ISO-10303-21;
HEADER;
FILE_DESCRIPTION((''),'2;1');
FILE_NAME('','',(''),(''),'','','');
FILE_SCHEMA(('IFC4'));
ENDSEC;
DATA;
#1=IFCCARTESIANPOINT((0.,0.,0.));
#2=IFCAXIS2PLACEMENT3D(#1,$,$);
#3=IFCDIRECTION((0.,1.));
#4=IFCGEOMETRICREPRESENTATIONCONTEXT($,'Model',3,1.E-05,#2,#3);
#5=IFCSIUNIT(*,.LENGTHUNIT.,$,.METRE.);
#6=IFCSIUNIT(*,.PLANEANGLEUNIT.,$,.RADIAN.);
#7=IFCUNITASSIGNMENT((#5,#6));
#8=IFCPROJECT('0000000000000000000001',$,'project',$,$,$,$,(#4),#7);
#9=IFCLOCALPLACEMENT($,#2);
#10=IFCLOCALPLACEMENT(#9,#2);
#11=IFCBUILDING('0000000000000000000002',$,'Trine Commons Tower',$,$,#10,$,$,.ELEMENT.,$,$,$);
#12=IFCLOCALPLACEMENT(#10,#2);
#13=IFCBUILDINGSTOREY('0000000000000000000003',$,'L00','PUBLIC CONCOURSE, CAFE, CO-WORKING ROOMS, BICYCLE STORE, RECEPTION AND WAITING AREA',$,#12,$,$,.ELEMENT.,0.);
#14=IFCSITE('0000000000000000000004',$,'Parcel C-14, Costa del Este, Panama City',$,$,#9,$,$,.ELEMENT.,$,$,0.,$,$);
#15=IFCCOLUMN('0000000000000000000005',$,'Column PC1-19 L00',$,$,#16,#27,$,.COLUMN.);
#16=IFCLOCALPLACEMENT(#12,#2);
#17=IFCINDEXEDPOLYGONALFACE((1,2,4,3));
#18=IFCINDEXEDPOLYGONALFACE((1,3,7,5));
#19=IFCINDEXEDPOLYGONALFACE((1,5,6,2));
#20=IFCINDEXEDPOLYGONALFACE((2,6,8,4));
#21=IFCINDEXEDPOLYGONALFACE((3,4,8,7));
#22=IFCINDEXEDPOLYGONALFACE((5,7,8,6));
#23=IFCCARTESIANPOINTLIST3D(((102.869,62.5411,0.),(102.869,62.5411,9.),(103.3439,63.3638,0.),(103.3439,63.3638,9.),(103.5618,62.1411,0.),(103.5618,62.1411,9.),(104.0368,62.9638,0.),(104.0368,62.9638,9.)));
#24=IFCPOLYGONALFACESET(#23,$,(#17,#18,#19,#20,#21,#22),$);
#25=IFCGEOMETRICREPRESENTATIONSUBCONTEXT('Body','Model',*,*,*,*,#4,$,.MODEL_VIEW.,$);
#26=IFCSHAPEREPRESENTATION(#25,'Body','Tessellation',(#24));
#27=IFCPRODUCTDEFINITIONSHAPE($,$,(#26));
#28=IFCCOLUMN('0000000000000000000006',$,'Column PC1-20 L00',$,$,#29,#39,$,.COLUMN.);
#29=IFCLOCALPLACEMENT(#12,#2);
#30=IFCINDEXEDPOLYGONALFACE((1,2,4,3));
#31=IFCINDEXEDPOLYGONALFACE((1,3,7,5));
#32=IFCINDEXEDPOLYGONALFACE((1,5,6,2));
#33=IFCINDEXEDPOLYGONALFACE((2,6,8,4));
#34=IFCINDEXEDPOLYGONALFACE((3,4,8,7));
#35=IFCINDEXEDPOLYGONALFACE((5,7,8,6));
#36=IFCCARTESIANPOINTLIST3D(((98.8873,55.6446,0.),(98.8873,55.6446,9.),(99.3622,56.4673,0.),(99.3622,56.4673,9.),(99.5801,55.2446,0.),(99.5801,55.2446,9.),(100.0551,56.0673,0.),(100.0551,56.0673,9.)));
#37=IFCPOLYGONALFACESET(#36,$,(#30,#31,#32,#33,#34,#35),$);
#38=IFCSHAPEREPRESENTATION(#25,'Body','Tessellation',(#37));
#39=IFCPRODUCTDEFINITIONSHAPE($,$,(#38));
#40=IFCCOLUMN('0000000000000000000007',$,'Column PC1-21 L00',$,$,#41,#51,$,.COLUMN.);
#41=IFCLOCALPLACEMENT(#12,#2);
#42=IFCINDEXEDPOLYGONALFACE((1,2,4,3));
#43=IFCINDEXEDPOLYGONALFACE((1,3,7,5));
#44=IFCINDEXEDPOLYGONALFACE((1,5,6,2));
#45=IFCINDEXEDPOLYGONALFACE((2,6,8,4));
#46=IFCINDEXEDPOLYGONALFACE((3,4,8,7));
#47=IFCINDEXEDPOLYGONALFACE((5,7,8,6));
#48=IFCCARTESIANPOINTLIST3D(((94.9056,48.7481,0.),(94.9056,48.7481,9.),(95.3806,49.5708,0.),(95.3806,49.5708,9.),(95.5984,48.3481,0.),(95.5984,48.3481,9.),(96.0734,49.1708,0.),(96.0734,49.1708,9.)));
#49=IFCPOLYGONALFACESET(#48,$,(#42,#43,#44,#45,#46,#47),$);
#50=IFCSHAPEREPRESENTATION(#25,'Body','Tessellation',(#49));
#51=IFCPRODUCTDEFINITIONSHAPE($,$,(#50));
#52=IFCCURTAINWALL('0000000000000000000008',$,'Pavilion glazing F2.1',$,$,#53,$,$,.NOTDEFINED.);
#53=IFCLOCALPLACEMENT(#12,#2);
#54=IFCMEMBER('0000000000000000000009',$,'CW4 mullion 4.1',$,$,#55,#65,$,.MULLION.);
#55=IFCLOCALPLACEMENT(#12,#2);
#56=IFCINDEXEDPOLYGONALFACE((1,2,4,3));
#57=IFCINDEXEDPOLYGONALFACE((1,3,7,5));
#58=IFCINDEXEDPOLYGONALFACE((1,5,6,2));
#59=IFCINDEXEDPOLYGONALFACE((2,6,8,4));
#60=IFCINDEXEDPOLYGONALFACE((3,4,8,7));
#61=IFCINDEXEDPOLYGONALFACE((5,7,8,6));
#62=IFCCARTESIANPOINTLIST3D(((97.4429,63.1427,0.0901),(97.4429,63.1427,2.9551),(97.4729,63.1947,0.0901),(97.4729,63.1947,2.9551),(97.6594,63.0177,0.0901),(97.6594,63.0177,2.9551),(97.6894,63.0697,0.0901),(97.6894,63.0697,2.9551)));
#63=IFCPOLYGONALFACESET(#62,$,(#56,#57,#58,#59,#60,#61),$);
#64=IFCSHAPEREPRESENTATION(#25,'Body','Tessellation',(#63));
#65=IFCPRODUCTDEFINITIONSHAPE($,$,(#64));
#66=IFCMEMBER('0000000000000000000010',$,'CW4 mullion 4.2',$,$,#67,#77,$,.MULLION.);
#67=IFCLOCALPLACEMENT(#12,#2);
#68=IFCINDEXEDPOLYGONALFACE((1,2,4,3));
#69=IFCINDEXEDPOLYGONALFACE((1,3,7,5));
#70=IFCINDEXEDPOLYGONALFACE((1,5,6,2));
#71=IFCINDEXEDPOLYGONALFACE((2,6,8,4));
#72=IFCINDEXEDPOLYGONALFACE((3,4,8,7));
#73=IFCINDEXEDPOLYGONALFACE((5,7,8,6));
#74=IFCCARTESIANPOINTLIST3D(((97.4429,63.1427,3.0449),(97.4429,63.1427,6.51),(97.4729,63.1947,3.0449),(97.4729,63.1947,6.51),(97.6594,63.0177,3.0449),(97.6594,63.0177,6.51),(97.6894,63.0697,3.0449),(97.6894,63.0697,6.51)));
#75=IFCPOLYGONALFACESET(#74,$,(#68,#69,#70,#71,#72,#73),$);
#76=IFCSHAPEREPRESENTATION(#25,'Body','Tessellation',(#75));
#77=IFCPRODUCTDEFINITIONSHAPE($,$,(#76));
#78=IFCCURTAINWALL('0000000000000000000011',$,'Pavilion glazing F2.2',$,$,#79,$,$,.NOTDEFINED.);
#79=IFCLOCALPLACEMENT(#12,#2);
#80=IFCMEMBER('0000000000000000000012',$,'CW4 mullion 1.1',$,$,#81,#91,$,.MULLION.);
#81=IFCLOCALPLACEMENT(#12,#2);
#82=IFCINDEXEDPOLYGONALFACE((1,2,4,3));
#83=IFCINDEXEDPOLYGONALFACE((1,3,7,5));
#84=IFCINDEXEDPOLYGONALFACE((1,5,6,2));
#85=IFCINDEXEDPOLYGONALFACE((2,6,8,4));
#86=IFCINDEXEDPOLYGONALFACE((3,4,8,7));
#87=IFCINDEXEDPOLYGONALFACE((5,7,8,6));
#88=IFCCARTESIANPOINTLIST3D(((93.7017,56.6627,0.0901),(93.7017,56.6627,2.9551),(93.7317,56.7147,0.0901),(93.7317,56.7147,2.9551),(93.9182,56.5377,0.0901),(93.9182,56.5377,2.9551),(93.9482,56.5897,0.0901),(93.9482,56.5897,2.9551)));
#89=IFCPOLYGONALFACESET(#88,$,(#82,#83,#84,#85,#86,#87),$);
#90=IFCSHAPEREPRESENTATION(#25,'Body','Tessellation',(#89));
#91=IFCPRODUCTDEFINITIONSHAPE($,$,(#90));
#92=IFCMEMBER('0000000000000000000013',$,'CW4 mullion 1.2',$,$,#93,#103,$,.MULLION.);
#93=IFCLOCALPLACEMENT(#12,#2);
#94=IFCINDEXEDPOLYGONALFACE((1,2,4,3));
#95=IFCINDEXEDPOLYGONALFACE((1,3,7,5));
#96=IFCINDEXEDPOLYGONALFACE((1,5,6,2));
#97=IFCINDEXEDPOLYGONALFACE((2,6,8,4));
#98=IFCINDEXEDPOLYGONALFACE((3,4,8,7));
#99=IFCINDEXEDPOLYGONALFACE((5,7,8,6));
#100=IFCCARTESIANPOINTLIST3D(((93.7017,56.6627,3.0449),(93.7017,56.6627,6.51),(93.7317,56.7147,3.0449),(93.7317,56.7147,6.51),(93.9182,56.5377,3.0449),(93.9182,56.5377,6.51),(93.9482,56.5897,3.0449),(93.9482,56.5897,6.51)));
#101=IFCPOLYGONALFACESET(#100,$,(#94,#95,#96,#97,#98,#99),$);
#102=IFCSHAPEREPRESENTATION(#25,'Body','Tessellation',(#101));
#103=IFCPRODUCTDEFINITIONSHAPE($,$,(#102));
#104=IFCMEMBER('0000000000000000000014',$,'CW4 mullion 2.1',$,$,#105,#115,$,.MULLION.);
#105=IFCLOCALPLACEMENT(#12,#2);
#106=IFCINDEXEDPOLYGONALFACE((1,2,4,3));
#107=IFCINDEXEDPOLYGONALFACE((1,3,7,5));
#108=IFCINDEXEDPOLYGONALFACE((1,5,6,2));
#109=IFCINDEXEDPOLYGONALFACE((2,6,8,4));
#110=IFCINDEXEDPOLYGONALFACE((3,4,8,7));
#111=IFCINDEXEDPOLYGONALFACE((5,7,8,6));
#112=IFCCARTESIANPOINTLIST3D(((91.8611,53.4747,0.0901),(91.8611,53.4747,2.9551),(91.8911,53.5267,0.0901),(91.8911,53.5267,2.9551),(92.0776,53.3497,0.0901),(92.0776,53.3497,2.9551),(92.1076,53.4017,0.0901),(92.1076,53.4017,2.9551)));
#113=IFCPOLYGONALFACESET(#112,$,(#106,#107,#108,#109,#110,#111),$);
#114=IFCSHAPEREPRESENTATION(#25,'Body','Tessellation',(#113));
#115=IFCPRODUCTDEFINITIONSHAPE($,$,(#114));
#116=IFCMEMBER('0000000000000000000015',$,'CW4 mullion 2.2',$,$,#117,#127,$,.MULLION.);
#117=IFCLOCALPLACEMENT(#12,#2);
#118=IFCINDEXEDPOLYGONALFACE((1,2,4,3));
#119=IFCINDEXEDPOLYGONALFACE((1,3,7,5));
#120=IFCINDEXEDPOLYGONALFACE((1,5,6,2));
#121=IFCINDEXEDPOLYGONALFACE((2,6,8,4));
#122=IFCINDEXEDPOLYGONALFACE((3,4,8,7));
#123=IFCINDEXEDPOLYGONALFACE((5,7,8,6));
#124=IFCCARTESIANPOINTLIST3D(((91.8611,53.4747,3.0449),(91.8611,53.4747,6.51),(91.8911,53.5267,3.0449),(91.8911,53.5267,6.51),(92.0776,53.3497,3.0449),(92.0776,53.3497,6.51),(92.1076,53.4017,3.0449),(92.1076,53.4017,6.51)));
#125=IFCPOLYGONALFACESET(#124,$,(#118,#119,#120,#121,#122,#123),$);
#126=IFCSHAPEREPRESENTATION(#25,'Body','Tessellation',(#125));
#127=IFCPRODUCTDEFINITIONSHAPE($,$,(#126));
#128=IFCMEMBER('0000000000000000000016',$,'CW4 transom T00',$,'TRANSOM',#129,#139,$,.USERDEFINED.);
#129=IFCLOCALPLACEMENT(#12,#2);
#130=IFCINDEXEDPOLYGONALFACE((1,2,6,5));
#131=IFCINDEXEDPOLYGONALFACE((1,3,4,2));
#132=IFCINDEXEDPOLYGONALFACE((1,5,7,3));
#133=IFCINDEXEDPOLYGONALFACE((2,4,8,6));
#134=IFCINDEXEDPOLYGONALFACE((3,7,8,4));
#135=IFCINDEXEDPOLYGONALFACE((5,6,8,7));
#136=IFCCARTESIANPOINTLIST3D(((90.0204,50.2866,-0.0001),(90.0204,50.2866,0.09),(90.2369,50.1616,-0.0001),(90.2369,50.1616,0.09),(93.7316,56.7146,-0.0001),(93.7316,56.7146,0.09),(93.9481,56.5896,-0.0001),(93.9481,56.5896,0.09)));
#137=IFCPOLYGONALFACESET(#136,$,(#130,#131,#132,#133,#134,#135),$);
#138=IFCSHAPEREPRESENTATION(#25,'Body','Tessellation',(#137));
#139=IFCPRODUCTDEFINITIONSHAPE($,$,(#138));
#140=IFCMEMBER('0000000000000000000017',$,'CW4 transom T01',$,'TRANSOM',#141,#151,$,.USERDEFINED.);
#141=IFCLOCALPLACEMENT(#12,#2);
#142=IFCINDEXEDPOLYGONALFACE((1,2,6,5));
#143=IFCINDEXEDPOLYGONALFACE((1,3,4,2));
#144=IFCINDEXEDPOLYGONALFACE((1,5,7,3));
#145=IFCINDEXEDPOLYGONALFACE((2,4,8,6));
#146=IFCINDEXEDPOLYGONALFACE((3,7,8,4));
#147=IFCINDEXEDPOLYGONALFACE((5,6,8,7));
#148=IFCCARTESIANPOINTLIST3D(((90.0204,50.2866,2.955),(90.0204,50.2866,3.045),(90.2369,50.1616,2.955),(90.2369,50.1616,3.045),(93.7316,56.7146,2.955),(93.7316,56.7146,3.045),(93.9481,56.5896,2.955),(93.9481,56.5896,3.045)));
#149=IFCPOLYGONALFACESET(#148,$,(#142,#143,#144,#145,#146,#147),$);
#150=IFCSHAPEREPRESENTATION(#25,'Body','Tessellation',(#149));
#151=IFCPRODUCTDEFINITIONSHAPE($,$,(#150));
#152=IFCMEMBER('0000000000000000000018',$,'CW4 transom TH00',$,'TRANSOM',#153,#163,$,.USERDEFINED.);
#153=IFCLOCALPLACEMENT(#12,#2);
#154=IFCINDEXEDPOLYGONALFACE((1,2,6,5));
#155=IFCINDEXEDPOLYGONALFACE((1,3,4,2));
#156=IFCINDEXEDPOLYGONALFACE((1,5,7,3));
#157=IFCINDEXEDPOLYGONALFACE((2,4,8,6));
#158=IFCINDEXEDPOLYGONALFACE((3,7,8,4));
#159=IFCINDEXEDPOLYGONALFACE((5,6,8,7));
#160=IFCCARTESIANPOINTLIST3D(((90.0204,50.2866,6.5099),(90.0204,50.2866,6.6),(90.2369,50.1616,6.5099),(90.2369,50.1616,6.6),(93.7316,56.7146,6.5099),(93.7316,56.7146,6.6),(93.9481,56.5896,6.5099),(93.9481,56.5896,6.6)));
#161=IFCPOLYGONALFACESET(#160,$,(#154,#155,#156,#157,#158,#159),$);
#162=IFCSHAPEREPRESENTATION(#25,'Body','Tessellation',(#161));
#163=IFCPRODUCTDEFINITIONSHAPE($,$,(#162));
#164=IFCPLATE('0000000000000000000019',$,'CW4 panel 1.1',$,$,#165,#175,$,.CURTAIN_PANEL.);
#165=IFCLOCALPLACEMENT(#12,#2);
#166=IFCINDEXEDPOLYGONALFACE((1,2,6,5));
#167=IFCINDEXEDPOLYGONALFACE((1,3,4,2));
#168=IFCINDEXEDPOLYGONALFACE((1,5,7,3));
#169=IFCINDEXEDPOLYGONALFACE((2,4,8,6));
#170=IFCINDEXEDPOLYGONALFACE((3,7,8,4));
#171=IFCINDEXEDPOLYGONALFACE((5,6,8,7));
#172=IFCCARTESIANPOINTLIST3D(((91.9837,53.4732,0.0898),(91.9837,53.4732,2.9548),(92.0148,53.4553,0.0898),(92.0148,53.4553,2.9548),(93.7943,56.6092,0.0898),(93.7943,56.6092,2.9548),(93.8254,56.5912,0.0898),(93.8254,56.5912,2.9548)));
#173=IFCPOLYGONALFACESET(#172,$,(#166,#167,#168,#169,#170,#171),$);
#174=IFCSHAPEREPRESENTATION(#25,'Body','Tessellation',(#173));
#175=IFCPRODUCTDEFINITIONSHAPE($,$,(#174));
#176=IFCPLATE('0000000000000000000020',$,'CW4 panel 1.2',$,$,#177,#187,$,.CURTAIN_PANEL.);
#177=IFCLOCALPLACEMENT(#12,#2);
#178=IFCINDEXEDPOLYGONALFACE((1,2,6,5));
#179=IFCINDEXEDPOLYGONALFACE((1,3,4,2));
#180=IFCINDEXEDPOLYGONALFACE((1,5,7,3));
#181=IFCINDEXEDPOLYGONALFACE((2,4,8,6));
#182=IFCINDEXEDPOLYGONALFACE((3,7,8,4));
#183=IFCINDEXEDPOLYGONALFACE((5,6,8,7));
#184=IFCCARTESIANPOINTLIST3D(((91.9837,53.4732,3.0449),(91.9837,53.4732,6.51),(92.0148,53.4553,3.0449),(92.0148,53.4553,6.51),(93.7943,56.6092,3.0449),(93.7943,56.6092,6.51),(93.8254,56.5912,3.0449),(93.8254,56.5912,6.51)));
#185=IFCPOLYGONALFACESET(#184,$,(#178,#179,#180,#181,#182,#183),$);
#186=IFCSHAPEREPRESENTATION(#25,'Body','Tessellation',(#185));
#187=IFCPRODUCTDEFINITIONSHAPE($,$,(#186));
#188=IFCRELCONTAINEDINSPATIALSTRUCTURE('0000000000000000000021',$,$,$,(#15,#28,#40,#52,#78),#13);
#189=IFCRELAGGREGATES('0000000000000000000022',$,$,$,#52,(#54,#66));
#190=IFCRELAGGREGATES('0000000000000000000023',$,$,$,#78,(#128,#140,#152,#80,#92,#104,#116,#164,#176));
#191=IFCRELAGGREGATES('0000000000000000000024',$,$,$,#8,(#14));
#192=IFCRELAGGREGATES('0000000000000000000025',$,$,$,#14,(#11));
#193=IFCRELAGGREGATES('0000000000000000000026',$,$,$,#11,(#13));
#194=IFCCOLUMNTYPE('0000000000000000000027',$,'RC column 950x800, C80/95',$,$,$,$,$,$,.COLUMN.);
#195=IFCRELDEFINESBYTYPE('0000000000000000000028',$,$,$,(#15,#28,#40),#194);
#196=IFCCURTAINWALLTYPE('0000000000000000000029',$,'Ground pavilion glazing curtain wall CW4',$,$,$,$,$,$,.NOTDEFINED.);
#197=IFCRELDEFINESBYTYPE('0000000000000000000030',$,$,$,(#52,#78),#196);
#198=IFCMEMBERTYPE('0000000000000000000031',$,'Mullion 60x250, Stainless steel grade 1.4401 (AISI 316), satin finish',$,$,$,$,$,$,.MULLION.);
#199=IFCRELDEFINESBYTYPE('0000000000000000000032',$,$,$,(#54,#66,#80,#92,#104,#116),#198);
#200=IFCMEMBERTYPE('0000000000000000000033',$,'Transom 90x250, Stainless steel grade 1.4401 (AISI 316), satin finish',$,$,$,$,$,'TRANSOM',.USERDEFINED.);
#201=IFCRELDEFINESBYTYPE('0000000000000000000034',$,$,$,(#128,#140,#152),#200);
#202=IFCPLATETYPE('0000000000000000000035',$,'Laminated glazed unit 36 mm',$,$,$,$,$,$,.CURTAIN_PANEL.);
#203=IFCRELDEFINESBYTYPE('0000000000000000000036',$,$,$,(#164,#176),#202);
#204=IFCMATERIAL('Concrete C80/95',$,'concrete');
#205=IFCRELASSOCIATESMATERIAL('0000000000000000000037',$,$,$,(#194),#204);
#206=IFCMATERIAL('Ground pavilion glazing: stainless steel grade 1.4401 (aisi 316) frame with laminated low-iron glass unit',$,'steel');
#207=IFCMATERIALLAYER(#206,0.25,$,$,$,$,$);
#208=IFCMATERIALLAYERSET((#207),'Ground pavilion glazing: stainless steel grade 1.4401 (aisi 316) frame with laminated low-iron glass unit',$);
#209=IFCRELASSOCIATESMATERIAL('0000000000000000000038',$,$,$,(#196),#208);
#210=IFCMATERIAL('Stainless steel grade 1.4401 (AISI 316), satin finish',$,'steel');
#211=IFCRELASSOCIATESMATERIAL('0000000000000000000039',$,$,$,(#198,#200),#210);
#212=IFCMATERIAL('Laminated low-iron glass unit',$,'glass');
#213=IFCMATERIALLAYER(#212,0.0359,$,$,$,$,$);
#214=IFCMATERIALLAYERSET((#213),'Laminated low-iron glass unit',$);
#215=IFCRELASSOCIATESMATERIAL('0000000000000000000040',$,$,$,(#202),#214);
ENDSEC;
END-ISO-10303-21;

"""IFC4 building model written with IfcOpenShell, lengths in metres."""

from ifc_helpers import new_model, si_unit, direction, frame, origin, origin_2d, place, context, subcontext, project, spatial, rectangle, extrude, material, layer, layer_set, material_profile, profile_set, type_object, element, aggregate, save


model = new_model("IFC4")

# Units and contexts
model_context = context("Model", 3, precision=1e-05, world=origin(), true_north=direction((0.0, 1.0)))
body_context = subcontext(model_context, "Body", "Model", "MODEL_VIEW")
ifc_project = project(units=[si_unit("LENGTHUNIT", "METRE"), si_unit("PLANEANGLEUNIT", "RADIAN")], contexts=[model_context])

# Site, building, storey
site_placement = place(None, origin())
site = spatial("IfcSite", under=ifc_project, at=site_placement, Name="Parcel C-14, Costa del Este, Panama City", CompositionType="ELEMENT", RefElevation=0.0)
building_placement = place(site_placement, origin())
building = spatial("IfcBuilding", under=site, at=building_placement, Name="Trine Commons Tower", CompositionType="ELEMENT")
storey_placement = place(building_placement, origin())
storey = spatial("IfcBuildingStorey", under=building, at=storey_placement, Name="L00", Description="PUBLIC CONCOURSE, CAFE, CO-WORKING ROOMS, BICYCLE STORE, RECEPTION AND WAITING AREA", CompositionType="ELEMENT", Elevation=0.0)

# Columns
ifc_material_1 = material(Name="Concrete C80/95", Category="concrete")
ifc_material_profile_1 = material_profile(ifc_material_1, rectangle(XDim=0.95, YDim=0.8, at=origin_2d()), Name="RC 950x800")
ifc_profile_set_1 = profile_set([ifc_material_profile_1], Name="Concrete C80/95")
column_type = type_object("IfcColumnType", Name="RC column 950x800, C80/95", PredefinedType="COLUMN", material=ifc_profile_set_1)
for number, where, z_axis, x_axis, name in (
    (1, (103.4529, 62.7524, 0.0), (0.0, 0.0, 1.0), (0.5, 0.866025, 0.0), "Column PC1-19 L00"),
    (2, (99.4712, 55.856, 0.0), (0.0, 0.0, 1.0), (0.5, 0.866025, 0.0), "Column PC1-20 L00"),
    (3, (95.4895, 48.9595, 0.0), (0.0, 0.0, 1.0), (0.5, 0.866025, 0.0), "Column PC1-21 L00"),
):
    element("IfcColumn", number, at=place(storey_placement, frame(where, z_axis=z_axis, x_axis=x_axis)), inside=storey, type_object=column_type, Name=name, PredefinedType="COLUMN", context=body_context, shape_type="SweptSolid", body=[
        extrude(rectangle(XDim=0.95, YDim=0.8, at=origin_2d()), origin(), (0.0, 0.0, 1.0), 9.0),
    ])

# Curtain wall, members
ifc_material_2 = material(Name="Ground pavilion glazing: stainless steel grade 1.4401 (aisi 316) frame with laminated low-iron glass unit", Category="steel")
ifc_layer_1 = layer(ifc_material_2, 0.25)
ifc_layer_set_1 = layer_set([ifc_layer_1], Name="Ground pavilion glazing: stainless steel grade 1.4401 (aisi 316) frame with laminated low-iron glass unit")
curtain_wall_type = type_object("IfcCurtainWallType", Name="Ground pavilion glazing curtain wall CW4", PredefinedType="NOTDEFINED", material=ifc_layer_set_1)
curtain_wall_1_placement = place(storey_placement, origin())
curtain_wall_1 = element("IfcCurtainWall", 4, at=curtain_wall_1_placement, inside=storey, type_object=curtain_wall_type, Name="Pavilion glazing F2.1", PredefinedType="NOTDEFINED")
ifc_material_3 = material(Name="Stainless steel grade 1.4401 (AISI 316), satin finish", Category="steel")
ifc_material_profile_2 = material_profile(ifc_material_3, rectangle(XDim=0.25, YDim=0.0601, at=origin_2d()), Name="Mullion 60x250")
ifc_profile_set_2 = profile_set([ifc_material_profile_2], Name="Stainless steel grade 1.4401 (AISI 316), satin finish")
member_type_1 = type_object("IfcMemberType", Name="Mullion 60x250, Stainless steel grade 1.4401 (AISI 316), satin finish", PredefinedType="MULLION", material=ifc_profile_set_2)
member_1_placement = place(storey_placement, frame((97.5662, 63.1062, 0.0901), z_axis=(0.0, 0.0, 1.0), x_axis=(0.866025, -0.5, 0.0)))
member_1 = element("IfcMember", 5, at=member_1_placement, type_object=member_type_1, Name="CW4 mullion 4.1", PredefinedType="MULLION", context=body_context, shape_type="SweptSolid", body=[
    extrude(rectangle(XDim=0.25, YDim=0.0601, at=origin_2d()), origin(), (0.0, 0.0, 1.0), 2.865),
])
member_2_placement = place(storey_placement, frame((97.5662, 63.1062, 3.0449), z_axis=(0.0, 0.0, 1.0), x_axis=(0.866025, -0.5, 0.0)))
member_2 = element("IfcMember", 6, at=member_2_placement, type_object=member_type_1, Name="CW4 mullion 4.2", PredefinedType="MULLION", context=body_context, shape_type="SweptSolid", body=[
    extrude(rectangle(XDim=0.25, YDim=0.0601, at=origin_2d()), origin(), (0.0, 0.0, 1.0), 3.4651),
])
aggregate(curtain_wall_1, [member_1, member_2])

# Curtain wall, members, plates
curtain_wall_2_placement = place(storey_placement, origin())
curtain_wall_2 = element("IfcCurtainWall", 7, at=curtain_wall_2_placement, inside=storey, type_object=curtain_wall_type, Name="Pavilion glazing F2.2", PredefinedType="NOTDEFINED")
member_3_placement = place(storey_placement, frame((93.825, 56.6262, 0.0901), z_axis=(0.0, 0.0, 1.0), x_axis=(0.866025, -0.5, 0.0)))
member_3 = element("IfcMember", 8, at=member_3_placement, type_object=member_type_1, Name="CW4 mullion 1.1", PredefinedType="MULLION", context=body_context, shape_type="SweptSolid", body=[
    extrude(rectangle(XDim=0.25, YDim=0.0601, at=origin_2d()), origin(), (0.0, 0.0, 1.0), 2.865),
])
member_4_placement = place(storey_placement, frame((93.825, 56.6262, 3.0449), z_axis=(0.0, 0.0, 1.0), x_axis=(0.866025, -0.5, 0.0)))
member_4 = element("IfcMember", 9, at=member_4_placement, type_object=member_type_1, Name="CW4 mullion 1.2", PredefinedType="MULLION", context=body_context, shape_type="SweptSolid", body=[
    extrude(rectangle(XDim=0.25, YDim=0.0601, at=origin_2d()), origin(), (0.0, 0.0, 1.0), 3.4651),
])
member_5_placement = place(storey_placement, frame((91.9844, 53.4382, 0.0901), z_axis=(0.0, 0.0, 1.0), x_axis=(0.866025, -0.5, 0.0)))
member_5 = element("IfcMember", 10, at=member_5_placement, type_object=member_type_1, Name="CW4 mullion 2.1", PredefinedType="MULLION", context=body_context, shape_type="SweptSolid", body=[
    extrude(rectangle(XDim=0.25, YDim=0.0601, at=origin_2d()), origin(), (0.0, 0.0, 1.0), 2.865),
])
member_6_placement = place(storey_placement, frame((91.9844, 53.4382, 3.0449), z_axis=(0.0, 0.0, 1.0), x_axis=(0.866025, -0.5, 0.0)))
member_6 = element("IfcMember", 11, at=member_6_placement, type_object=member_type_1, Name="CW4 mullion 2.2", PredefinedType="MULLION", context=body_context, shape_type="SweptSolid", body=[
    extrude(rectangle(XDim=0.25, YDim=0.0601, at=origin_2d()), origin(), (0.0, 0.0, 1.0), 3.4651),
])
ifc_material_profile_3 = material_profile(ifc_material_3, rectangle(XDim=0.25, YDim=0.0901, at=origin_2d()), Name="Transom 90x250")
ifc_profile_set_3 = profile_set([ifc_material_profile_3], Name="Stainless steel grade 1.4401 (AISI 316), satin finish")
member_type_2 = type_object("IfcMemberType", Name="Transom 90x250, Stainless steel grade 1.4401 (AISI 316), satin finish", ElementType="TRANSOM", PredefinedType="USERDEFINED", material=ifc_profile_set_3)
member_7_placement = place(storey_placement, frame((93.8398, 56.6521, 0.0449), z_axis=(-0.499999, -0.866026, 0.0), x_axis=(0.866026, -0.499999, 0.0)))
member_7 = element("IfcMember", 12, at=member_7_placement, type_object=member_type_2, Name="CW4 transom T00", ObjectType="TRANSOM", PredefinedType="USERDEFINED", context=body_context, shape_type="SweptSolid", body=[
    extrude(rectangle(XDim=0.25, YDim=0.0901, at=origin_2d()), origin(), (0.0, 0.0, 1.0), 7.4224),
])
member_8_placement = place(storey_placement, frame((93.8398, 56.6521, 3.0), z_axis=(-0.499999, -0.866026, 0.0), x_axis=(0.866026, -0.499999, 0.0)))
member_8 = element("IfcMember", 13, at=member_8_placement, type_object=member_type_2, Name="CW4 transom T01", ObjectType="TRANSOM", PredefinedType="USERDEFINED", context=body_context, shape_type="SweptSolid", body=[
    extrude(rectangle(XDim=0.25, YDim=0.0901, at=origin_2d()), origin(), (0.0, 0.0, 1.0), 7.4224),
])
member_9_placement = place(storey_placement, frame((93.8398, 56.6521, 6.5549), z_axis=(-0.499999, -0.866026, 0.0), x_axis=(0.866026, -0.499999, 0.0)))
member_9 = element("IfcMember", 14, at=member_9_placement, type_object=member_type_2, Name="CW4 transom TH00", ObjectType="TRANSOM", PredefinedType="USERDEFINED", context=body_context, shape_type="SweptSolid", body=[
    extrude(rectangle(XDim=0.25, YDim=0.0901, at=origin_2d()), origin(), (0.0, 0.0, 1.0), 7.4224),
])
ifc_material_4 = material(Name="Laminated low-iron glass unit", Category="glass")
ifc_layer_2 = layer(ifc_material_4, 0.0359)
ifc_layer_set_2 = layer_set([ifc_layer_2], Name="Laminated low-iron glass unit")
plate_type = type_object("IfcPlateType", Name="Laminated glazed unit 36 mm", PredefinedType="CURTAIN_PANEL", material=ifc_layer_set_2)
plate_1_placement = place(storey_placement, frame((92.9045, 55.0322, 0.0898), z_axis=(0.0, 0.0, 1.0), x_axis=(-0.5, -0.866025, 0.0)))
plate_1 = element("IfcPlate", 15, at=plate_1_placement, type_object=plate_type, Name="CW4 panel 1.1", PredefinedType="CURTAIN_PANEL", context=body_context, shape_type="SweptSolid", body=[
    extrude(rectangle(XDim=3.6211, YDim=0.0359, at=origin_2d()), origin(), (0.0, 0.0, 1.0), 2.865),
])
plate_2_placement = place(storey_placement, frame((92.9045, 55.0322, 3.0449), z_axis=(0.0, 0.0, 1.0), x_axis=(-0.5, -0.866025, 0.0)))
plate_2 = element("IfcPlate", 16, at=plate_2_placement, type_object=plate_type, Name="CW4 panel 1.2", PredefinedType="CURTAIN_PANEL", context=body_context, shape_type="SweptSolid", body=[
    extrude(rectangle(XDim=3.6211, YDim=0.0359, at=origin_2d()), origin(), (0.0, 0.0, 1.0), 3.4651),
])
aggregate(curtain_wall_2, [member_7, member_8, member_9, member_3, member_4, member_5, member_6, plate_1, plate_2])

save(model, "model.ifc")
